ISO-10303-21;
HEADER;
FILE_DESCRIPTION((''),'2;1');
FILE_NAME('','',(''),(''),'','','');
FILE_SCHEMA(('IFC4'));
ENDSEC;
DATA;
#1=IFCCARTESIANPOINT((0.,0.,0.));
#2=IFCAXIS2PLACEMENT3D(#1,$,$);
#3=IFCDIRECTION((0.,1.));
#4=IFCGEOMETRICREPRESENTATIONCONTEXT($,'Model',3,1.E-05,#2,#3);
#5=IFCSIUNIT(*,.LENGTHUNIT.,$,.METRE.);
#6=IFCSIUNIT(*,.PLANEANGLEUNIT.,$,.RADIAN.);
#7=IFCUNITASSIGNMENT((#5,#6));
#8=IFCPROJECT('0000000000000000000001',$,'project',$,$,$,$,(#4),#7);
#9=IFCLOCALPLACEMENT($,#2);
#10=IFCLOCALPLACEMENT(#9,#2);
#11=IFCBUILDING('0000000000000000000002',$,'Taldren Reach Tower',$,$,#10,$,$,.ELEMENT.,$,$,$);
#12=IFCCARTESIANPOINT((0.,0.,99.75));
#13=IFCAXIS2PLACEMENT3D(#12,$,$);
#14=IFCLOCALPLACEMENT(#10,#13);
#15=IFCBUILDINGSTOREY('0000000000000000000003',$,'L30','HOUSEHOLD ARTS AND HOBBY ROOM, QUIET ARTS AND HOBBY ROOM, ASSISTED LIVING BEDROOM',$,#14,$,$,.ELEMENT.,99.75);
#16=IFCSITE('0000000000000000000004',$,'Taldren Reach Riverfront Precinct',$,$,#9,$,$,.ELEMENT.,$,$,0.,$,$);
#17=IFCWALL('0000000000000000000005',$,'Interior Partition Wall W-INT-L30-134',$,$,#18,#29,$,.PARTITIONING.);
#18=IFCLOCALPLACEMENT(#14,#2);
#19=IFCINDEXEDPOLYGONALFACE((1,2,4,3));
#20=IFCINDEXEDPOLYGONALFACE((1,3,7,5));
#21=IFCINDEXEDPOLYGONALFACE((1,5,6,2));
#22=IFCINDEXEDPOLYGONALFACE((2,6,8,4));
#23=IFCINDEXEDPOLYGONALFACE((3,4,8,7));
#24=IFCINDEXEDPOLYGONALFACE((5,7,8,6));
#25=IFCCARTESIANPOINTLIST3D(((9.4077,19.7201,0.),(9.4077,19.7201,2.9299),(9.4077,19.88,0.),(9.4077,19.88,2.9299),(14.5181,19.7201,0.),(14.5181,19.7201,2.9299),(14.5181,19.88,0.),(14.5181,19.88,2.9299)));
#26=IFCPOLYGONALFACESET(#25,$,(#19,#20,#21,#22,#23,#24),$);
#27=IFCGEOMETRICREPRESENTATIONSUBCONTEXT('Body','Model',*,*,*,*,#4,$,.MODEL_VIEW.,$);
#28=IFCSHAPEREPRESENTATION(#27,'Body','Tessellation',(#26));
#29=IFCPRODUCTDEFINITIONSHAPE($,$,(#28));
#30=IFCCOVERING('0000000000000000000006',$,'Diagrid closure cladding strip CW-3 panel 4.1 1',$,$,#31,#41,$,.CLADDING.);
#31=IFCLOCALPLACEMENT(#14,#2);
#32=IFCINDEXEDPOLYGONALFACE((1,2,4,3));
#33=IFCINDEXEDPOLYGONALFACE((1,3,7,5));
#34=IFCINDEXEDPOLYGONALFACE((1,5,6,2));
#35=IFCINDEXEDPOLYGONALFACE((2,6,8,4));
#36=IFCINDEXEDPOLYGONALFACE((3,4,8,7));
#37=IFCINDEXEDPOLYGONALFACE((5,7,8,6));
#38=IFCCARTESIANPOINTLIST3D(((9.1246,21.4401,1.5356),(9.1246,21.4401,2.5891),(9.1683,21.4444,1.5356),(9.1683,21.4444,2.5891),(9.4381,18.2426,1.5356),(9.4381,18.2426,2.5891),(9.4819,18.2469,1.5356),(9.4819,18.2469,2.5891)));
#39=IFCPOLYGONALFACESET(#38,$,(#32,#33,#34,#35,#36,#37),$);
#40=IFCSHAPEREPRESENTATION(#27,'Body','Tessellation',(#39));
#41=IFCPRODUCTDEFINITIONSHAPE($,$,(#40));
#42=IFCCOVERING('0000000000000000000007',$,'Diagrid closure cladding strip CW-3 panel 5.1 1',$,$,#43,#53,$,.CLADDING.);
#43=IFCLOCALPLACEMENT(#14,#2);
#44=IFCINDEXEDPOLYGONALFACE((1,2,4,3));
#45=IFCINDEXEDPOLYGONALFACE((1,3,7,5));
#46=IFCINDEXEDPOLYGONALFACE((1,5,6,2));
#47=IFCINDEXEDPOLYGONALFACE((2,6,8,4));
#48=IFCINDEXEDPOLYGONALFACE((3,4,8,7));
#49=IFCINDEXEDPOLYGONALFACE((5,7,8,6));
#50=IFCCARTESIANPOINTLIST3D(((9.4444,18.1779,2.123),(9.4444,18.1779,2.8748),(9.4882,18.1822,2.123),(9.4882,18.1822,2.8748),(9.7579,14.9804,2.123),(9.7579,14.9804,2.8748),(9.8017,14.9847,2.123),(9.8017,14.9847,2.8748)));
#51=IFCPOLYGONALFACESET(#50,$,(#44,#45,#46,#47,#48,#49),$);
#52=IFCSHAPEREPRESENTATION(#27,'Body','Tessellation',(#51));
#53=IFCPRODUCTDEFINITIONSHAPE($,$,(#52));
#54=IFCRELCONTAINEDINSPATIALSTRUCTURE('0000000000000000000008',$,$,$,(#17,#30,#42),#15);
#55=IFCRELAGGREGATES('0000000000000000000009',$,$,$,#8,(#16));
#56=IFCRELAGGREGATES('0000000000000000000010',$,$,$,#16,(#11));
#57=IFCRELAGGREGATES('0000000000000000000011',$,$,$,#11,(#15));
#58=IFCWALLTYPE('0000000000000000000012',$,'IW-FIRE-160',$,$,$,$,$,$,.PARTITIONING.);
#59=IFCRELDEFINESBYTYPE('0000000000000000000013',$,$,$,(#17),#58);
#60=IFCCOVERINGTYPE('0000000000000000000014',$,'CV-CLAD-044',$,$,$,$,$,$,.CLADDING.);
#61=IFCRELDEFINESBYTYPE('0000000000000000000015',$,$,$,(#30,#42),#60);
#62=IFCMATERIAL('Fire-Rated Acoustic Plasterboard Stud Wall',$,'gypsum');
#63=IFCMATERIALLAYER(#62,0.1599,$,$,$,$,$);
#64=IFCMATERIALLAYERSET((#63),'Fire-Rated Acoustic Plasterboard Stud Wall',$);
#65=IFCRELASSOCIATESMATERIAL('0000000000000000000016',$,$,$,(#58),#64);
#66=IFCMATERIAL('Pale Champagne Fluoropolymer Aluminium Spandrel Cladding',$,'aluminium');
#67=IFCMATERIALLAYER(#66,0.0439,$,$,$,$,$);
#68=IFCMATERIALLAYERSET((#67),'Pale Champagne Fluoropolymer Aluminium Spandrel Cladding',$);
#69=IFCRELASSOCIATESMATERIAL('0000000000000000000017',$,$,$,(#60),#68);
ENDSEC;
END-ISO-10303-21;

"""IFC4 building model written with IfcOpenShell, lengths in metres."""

from ifc_helpers import new_model, si_unit, direction, frame, frame_2d, origin, origin_2d, place, context, subcontext, project, spatial, rectangle, extrude, source, transform, mapped, material, layer, layer_set, type_object, element, save


model = new_model("IFC4")

# Units and contexts
model_context = context("Model", 3, precision=1e-05, world=origin(), true_north=direction((0.0, 1.0)))
body_context = subcontext(model_context, "Body", "Model", "MODEL_VIEW")
ifc_project = project(units=[si_unit("LENGTHUNIT", "METRE"), si_unit("PLANEANGLEUNIT", "RADIAN")], contexts=[model_context])

# Site, building, storey
site_placement = place(None, origin())
site = spatial("IfcSite", under=ifc_project, at=site_placement, Name="Taldren Reach Riverfront Precinct", CompositionType="ELEMENT", RefElevation=0.0)
building_placement = place(site_placement, origin())
building = spatial("IfcBuilding", under=site, at=building_placement, Name="Taldren Reach Tower", CompositionType="ELEMENT")
storey_placement = place(building_placement, frame((0.0, 0.0, 99.75)))
storey = spatial("IfcBuildingStorey", under=building, at=storey_placement, Name="L30", Description="HOUSEHOLD ARTS AND HOBBY ROOM, QUIET ARTS AND HOBBY ROOM, ASSISTED LIVING BEDROOM", CompositionType="ELEMENT", Elevation=99.75)

# Shared definitions
ifc_material_1 = material(Name="Fire-Rated Acoustic Plasterboard Stud Wall", Category="gypsum")
ifc_layer_1 = layer(ifc_material_1, 0.1599)
ifc_layer_set_1 = layer_set([ifc_layer_1], Name="Fire-Rated Acoustic Plasterboard Stud Wall")
wall_type_1 = type_object("IfcWallType", Name="IW-FIRE-160", PredefinedType="PARTITIONING", material=ifc_layer_set_1)

# Wall
shared_shape_1 = source(origin(), body_context, "Body", "SweptSolid", [
    extrude(rectangle(XDim=5.1104, YDim=0.1599, at=frame_2d((2.5552, 0.0))), origin(), (0.0, 0.0, 1.0), 2.9299),
])
wall_1_placement = place(storey_placement, frame((9.4077, 19.8, 0.0), z_axis=(0.0, 0.0, 1.0), x_axis=(1.0, 0.0, 0.0)))
element("IfcWall", 1, at=wall_1_placement, inside=storey, type_object=wall_type_1, Name="Interior Partition Wall W-INT-L30-134", PredefinedType="PARTITIONING", context=body_context, shape_type="MappedRepresentation", body=[
    mapped(shared_shape_1, transform((0.0, 0.0, 0.0), scale=1.0)),
])

# Coverings
ifc_material_2 = material(Name="Pale Champagne Fluoropolymer Aluminium Spandrel Cladding", Category="aluminium")
ifc_layer_2 = layer(ifc_material_2, 0.0439)
ifc_layer_set_2 = layer_set([ifc_layer_2], Name="Pale Champagne Fluoropolymer Aluminium Spandrel Cladding")
covering_type = type_object("IfcCoveringType", Name="CV-CLAD-044", PredefinedType="CLADDING", material=ifc_layer_set_2)
shared_shape_2 = source(origin(), body_context, "Body", "SweptSolid", [
    extrude(rectangle(XDim=3.2129, YDim=0.0439, at=origin_2d()), origin(), (0.0, 0.0, 1.0), 1.0535),
])
covering_1_placement = place(storey_placement, frame((9.3032, 19.8435, 1.5356), z_axis=(0.0, 0.0, 1.0), x_axis=(0.097583, -0.995227, 0.0)))
element("IfcCovering", 2, at=covering_1_placement, inside=storey, type_object=covering_type, Name="Diagrid closure cladding strip CW-3 panel 4.1 1", PredefinedType="CLADDING", context=body_context, shape_type="MappedRepresentation", body=[
    mapped(shared_shape_2, transform((0.0, 0.0, 0.0), scale=1.0)),
])
shared_shape_3 = source(origin(), body_context, "Body", "SweptSolid", [
    extrude(rectangle(XDim=3.2129, YDim=0.0439, at=origin_2d()), origin(), (0.0, 0.0, 1.0), 0.7517),
])
covering_2_placement = place(storey_placement, frame((9.623, 16.5813, 2.123), z_axis=(0.0, 0.0, 1.0), x_axis=(0.097583, -0.995227, 0.0)))
element("IfcCovering", 3, at=covering_2_placement, inside=storey, type_object=covering_type, Name="Diagrid closure cladding strip CW-3 panel 5.1 1", PredefinedType="CLADDING", context=body_context, shape_type="MappedRepresentation", body=[
    mapped(shared_shape_3, transform((0.0, 0.0, 0.0), scale=1.0)),
])

save(model, "model.ifc")
